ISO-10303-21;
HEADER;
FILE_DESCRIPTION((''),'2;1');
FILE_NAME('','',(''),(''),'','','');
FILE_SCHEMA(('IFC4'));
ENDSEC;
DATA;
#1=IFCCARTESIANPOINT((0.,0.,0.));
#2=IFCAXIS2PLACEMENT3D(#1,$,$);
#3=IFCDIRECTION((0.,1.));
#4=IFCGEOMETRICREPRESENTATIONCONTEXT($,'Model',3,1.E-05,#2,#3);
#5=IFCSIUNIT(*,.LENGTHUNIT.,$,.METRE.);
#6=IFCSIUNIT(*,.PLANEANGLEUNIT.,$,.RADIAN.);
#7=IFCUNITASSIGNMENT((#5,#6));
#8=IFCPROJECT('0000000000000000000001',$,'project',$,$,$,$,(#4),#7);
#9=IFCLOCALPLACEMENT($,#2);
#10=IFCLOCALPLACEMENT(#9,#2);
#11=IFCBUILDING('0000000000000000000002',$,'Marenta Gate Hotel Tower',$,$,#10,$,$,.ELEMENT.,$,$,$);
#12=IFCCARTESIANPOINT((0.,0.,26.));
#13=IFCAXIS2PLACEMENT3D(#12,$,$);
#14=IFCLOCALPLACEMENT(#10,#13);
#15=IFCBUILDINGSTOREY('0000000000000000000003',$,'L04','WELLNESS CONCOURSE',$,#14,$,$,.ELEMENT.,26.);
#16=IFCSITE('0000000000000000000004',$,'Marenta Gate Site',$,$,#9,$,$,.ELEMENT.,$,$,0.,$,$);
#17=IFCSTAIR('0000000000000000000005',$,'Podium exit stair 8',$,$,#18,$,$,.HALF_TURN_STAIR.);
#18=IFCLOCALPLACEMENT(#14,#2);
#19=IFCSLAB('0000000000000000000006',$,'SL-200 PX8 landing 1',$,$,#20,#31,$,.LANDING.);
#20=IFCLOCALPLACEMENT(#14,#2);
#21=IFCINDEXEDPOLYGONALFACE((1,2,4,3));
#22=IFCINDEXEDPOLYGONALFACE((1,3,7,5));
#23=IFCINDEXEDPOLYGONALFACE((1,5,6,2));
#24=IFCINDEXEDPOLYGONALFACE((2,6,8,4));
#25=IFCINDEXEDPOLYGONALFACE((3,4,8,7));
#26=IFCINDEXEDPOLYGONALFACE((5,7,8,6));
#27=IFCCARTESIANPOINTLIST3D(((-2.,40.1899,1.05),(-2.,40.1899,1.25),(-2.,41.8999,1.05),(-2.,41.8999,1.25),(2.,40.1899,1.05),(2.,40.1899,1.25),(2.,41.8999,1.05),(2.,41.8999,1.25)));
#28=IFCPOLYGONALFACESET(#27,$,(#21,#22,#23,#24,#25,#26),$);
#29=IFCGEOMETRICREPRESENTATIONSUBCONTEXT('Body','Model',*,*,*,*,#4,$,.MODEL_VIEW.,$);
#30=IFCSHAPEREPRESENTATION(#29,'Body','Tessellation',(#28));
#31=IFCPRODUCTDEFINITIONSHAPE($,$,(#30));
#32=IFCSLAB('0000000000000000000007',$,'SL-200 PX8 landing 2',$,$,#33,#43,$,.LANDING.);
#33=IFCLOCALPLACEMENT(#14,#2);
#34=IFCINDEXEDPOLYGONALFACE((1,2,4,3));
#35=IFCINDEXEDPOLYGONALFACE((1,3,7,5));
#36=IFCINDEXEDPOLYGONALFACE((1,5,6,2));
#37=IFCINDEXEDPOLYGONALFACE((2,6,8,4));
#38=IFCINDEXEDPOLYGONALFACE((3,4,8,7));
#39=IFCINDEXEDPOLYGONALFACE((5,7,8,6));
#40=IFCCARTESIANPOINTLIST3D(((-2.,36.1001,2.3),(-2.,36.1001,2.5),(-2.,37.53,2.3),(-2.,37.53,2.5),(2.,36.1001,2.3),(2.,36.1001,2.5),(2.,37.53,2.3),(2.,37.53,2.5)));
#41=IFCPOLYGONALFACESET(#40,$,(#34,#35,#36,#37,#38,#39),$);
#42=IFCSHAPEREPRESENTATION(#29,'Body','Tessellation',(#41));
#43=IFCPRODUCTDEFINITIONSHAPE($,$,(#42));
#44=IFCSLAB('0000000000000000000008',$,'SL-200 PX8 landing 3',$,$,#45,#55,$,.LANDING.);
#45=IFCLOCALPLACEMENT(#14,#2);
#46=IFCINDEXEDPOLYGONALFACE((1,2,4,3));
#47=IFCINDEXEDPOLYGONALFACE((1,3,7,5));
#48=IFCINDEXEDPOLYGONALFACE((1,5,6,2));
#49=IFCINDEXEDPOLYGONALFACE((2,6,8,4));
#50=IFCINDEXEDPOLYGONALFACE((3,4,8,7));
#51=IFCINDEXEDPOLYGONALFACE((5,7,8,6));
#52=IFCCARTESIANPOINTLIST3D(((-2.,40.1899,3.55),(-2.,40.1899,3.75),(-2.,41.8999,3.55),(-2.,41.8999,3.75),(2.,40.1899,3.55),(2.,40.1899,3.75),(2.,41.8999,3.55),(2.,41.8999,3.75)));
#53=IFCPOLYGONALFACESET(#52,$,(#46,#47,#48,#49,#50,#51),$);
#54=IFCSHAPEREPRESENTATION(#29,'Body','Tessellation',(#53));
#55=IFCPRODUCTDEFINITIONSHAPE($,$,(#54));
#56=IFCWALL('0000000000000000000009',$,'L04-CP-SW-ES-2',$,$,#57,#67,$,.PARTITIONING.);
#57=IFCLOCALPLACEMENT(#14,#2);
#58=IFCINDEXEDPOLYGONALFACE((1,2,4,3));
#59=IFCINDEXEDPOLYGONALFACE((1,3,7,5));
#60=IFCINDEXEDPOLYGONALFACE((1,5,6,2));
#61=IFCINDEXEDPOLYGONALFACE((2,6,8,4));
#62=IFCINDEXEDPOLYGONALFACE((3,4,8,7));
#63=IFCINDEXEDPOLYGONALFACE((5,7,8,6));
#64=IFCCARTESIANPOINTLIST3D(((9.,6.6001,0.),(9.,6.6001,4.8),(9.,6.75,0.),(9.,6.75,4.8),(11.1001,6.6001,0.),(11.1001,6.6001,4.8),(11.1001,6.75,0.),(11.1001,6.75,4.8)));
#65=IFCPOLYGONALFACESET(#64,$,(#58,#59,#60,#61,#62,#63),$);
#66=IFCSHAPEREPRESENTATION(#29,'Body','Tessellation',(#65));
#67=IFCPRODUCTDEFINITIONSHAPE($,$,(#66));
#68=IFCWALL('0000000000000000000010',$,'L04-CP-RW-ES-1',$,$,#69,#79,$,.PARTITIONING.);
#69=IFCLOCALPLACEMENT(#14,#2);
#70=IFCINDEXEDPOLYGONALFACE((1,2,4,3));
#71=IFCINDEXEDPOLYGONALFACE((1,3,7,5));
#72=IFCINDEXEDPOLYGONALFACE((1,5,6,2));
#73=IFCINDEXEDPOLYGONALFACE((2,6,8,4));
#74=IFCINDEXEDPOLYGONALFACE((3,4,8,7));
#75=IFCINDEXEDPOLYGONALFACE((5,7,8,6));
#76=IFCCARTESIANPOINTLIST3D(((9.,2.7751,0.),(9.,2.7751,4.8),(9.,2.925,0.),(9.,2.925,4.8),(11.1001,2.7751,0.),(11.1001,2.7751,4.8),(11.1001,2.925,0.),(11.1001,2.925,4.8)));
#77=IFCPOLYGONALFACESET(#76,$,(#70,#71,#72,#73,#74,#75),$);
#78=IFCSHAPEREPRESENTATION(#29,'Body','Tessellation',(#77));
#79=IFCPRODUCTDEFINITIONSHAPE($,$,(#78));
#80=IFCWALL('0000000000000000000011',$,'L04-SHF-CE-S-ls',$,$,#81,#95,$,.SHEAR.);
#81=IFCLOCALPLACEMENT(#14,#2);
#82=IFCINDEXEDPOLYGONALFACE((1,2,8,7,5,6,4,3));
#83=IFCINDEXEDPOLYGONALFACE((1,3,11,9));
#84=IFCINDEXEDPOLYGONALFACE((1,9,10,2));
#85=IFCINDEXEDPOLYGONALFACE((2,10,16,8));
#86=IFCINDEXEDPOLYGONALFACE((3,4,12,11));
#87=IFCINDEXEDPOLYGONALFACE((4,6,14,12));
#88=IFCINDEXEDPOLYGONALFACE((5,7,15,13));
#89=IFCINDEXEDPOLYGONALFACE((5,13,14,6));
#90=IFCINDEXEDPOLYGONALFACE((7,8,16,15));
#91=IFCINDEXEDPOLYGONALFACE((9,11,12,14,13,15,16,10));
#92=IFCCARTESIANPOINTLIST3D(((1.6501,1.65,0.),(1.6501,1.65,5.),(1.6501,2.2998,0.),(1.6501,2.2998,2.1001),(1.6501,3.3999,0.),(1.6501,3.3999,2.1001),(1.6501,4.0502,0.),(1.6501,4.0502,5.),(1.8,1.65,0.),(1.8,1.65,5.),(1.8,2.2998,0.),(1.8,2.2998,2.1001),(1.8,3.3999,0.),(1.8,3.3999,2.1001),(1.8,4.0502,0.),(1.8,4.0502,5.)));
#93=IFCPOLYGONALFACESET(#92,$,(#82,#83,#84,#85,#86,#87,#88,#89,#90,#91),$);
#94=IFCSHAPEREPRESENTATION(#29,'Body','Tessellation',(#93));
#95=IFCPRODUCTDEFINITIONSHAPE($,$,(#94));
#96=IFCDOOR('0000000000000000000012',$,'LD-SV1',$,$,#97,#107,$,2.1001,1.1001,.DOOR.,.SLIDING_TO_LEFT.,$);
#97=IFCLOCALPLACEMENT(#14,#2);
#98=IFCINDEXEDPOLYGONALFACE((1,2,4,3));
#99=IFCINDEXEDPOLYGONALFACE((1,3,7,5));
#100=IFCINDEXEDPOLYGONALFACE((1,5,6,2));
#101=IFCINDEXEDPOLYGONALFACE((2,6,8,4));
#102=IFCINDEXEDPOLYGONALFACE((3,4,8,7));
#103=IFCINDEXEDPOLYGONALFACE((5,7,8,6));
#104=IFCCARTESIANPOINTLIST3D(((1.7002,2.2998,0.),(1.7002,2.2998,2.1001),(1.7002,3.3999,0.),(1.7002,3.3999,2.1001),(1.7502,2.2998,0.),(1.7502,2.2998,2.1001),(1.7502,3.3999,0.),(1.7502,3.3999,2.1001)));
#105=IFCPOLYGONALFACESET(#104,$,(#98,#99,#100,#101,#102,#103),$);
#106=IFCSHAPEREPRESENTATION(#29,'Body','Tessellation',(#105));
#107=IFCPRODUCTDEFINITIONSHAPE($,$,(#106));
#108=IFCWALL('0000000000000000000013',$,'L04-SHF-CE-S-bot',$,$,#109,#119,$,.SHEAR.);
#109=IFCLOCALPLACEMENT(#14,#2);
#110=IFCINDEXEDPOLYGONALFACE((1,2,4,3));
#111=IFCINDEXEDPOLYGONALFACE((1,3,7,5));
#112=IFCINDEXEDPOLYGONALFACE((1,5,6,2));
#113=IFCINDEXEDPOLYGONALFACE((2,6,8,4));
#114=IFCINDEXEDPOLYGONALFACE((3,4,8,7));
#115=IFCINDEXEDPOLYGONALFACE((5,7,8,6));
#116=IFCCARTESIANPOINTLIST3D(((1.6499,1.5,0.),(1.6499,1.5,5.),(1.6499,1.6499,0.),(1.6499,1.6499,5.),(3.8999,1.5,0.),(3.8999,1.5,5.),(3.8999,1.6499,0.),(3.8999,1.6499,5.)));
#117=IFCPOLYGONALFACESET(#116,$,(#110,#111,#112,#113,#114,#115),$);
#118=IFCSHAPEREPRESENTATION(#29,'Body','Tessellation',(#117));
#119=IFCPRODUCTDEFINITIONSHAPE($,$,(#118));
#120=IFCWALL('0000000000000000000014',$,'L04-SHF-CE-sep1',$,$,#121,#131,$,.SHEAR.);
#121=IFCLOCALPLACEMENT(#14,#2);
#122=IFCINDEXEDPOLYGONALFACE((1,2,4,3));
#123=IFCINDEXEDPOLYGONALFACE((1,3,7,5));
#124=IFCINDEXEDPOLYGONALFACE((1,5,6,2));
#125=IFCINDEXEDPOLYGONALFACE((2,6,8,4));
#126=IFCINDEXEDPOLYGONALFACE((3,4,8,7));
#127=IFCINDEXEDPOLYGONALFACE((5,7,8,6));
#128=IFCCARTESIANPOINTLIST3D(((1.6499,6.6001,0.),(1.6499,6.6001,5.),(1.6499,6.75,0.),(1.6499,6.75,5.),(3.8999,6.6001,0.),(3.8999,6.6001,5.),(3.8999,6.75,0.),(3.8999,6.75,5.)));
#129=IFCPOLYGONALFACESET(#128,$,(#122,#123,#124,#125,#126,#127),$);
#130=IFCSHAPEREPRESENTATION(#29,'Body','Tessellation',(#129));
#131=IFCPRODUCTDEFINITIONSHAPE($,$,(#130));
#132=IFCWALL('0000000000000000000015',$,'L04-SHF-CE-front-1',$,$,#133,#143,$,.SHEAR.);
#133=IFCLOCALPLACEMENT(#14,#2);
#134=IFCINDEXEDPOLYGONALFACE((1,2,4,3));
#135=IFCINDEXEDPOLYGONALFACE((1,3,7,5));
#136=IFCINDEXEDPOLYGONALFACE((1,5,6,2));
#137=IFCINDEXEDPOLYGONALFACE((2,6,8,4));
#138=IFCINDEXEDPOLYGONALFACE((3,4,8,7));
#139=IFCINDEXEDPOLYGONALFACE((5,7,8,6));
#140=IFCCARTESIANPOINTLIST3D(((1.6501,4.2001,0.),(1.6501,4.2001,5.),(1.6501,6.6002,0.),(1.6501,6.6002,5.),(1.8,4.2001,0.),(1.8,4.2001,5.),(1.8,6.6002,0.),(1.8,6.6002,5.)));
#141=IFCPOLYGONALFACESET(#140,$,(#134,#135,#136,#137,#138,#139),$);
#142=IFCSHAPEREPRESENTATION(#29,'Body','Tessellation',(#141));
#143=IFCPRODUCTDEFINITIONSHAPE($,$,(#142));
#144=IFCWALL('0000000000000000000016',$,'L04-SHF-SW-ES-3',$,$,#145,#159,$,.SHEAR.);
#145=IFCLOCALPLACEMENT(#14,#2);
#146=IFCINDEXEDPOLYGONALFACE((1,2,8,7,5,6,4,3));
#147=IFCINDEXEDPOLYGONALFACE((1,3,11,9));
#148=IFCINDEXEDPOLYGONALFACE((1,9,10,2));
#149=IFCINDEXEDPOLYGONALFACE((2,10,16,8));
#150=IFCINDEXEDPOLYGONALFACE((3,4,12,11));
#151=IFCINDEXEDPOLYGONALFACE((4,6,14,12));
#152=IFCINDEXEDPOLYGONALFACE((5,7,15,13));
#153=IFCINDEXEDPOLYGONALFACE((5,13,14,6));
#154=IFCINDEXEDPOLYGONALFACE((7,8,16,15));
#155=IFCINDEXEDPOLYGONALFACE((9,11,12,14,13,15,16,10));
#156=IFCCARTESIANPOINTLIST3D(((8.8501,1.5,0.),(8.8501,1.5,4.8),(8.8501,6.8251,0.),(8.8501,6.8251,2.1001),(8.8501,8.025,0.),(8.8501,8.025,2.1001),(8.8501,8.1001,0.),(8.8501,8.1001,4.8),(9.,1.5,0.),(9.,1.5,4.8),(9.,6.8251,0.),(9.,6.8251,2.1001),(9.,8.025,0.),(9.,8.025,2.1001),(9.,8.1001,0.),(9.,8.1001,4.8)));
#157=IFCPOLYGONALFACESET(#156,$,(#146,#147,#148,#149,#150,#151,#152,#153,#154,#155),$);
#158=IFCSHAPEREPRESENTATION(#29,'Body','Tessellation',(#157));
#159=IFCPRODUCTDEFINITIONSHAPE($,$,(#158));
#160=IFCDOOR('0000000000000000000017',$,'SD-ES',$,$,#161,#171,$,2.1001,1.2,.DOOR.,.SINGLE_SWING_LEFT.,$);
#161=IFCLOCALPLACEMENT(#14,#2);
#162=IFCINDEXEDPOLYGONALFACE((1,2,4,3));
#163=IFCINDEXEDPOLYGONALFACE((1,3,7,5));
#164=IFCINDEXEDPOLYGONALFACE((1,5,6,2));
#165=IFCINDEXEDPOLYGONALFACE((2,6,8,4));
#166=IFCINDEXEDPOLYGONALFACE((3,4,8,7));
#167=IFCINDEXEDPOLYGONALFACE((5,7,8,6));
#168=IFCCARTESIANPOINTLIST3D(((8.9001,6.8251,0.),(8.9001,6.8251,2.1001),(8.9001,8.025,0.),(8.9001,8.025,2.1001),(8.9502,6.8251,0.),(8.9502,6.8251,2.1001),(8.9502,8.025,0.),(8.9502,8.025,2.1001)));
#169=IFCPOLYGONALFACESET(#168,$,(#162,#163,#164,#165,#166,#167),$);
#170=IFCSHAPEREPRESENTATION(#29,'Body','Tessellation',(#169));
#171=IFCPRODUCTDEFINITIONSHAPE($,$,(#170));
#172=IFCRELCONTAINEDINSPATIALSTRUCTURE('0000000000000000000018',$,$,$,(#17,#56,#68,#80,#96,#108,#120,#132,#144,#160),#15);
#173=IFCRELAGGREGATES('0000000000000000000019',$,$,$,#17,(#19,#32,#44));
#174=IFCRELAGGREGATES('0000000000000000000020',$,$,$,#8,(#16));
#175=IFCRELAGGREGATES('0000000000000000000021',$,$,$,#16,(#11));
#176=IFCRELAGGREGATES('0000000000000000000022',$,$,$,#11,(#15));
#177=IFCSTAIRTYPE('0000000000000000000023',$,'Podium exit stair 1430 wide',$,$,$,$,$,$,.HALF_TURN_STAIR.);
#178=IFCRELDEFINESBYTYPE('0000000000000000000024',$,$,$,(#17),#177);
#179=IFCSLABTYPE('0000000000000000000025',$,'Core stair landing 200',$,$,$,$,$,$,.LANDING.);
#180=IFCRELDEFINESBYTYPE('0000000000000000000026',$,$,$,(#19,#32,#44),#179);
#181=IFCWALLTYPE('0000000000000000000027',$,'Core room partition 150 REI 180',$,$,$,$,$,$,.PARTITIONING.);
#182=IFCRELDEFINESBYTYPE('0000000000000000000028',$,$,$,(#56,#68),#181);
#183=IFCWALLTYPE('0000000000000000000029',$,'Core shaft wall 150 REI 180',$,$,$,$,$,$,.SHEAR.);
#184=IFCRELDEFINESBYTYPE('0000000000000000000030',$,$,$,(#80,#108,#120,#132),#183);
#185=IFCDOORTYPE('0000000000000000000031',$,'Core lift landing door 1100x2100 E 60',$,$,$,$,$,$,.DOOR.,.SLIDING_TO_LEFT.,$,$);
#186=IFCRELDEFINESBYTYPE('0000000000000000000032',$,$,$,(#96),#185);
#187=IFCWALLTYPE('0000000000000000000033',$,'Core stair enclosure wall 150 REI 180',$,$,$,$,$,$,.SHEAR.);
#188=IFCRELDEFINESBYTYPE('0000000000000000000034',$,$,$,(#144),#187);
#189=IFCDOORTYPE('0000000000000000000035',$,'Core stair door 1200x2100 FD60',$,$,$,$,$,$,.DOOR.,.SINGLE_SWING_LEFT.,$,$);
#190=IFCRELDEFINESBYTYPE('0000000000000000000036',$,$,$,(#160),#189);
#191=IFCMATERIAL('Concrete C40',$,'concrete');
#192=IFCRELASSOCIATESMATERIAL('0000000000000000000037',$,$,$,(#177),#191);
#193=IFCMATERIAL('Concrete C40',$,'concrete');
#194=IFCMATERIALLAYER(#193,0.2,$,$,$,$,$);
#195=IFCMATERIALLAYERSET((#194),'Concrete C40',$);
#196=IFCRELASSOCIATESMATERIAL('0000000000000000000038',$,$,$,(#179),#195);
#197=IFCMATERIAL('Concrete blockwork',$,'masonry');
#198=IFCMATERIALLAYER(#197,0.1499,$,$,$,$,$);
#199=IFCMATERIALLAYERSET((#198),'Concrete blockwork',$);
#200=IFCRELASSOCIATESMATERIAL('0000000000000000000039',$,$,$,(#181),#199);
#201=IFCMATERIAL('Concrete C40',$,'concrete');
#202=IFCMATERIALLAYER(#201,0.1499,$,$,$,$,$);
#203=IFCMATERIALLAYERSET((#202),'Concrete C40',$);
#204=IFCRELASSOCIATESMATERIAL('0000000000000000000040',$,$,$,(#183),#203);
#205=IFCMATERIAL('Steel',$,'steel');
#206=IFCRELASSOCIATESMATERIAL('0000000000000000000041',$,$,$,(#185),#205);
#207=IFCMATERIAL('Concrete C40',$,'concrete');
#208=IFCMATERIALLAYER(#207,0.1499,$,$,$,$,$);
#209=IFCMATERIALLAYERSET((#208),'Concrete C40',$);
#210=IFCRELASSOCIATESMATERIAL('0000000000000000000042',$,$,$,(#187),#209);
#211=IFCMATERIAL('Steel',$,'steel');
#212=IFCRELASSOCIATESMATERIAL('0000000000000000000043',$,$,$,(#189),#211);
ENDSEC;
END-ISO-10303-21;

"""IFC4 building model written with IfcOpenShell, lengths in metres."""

from ifc_helpers import new_model, si_unit, direction, frame, frame_2d, origin, place, context, subcontext, project, spatial, polyline, rectangle, outline, extrude, material, layer, layer_set, type_object, element, fill, aggregate, save


model = new_model("IFC4")

# Units and contexts
model_context = context("Model", 3, precision=1e-05, world=origin(), true_north=direction((0.0, 1.0)))
body_context = subcontext(model_context, "Body", "Model", "MODEL_VIEW")
ifc_project = project(units=[si_unit("LENGTHUNIT", "METRE"), si_unit("PLANEANGLEUNIT", "RADIAN")], contexts=[model_context])

# Site, building, storey
site_placement = place(None, origin())
site = spatial("IfcSite", under=ifc_project, at=site_placement, Name="Marenta Gate Site", CompositionType="ELEMENT", RefElevation=0.0)
building_placement = place(site_placement, origin())
building = spatial("IfcBuilding", under=site, at=building_placement, Name="Marenta Gate Hotel Tower", CompositionType="ELEMENT")
storey_placement = place(building_placement, frame((0.0, 0.0, 26.0)))
storey = spatial("IfcBuildingStorey", under=building, at=storey_placement, Name="L04", Description="WELLNESS CONCOURSE", CompositionType="ELEMENT", Elevation=26.0)

# Stair, slabs
ifc_material_1 = material(Name="Concrete C40", Category="concrete")
stair_type_1 = type_object("IfcStairType", Name="Podium exit stair 1430 wide", PredefinedType="HALF_TURN_STAIR", material=ifc_material_1)
stair_1_placement = place(storey_placement, origin())
stair_1 = element("IfcStair", 1, at=stair_1_placement, inside=storey, type_object=stair_type_1, Name="Podium exit stair 8", PredefinedType="HALF_TURN_STAIR")
ifc_material_2 = material(Name="Concrete C40", Category="concrete")
ifc_layer_1 = layer(ifc_material_2, 0.2)
ifc_layer_set_1 = layer_set([ifc_layer_1], Name="Concrete C40")
slab_type = type_object("IfcSlabType", Name="Core stair landing 200", PredefinedType="LANDING", material=ifc_layer_set_1)
slab_1_placement = place(storey_placement, frame((0.0, 0.0, 1.05)))
slab_1 = element("IfcSlab", 2, at=slab_1_placement, type_object=slab_type, Name="SL-200 PX8 landing 1", PredefinedType="LANDING", context=body_context, shape_type="SweptSolid", body=[
    extrude(outline(polyline([(-2.0, 40.1899), (2.0, 40.1899), (2.0, 41.8999), (-2.0, 41.8999), (-2.0, 40.1899)])), origin(), (0.0, 0.0, 1.0), 0.2),
])
slab_2_placement = place(storey_placement, frame((0.0, 0.0, 2.3)))
slab_2 = element("IfcSlab", 3, at=slab_2_placement, type_object=slab_type, Name="SL-200 PX8 landing 2", PredefinedType="LANDING", context=body_context, shape_type="SweptSolid", body=[
    extrude(outline(polyline([(-2.0, 36.1001), (2.0, 36.1001), (2.0, 37.53), (-2.0, 37.53), (-2.0, 36.1001)])), origin(), (0.0, 0.0, 1.0), 0.2),
])
slab_3_placement = place(storey_placement, frame((0.0, 0.0, 3.55)))
slab_3 = element("IfcSlab", 4, at=slab_3_placement, type_object=slab_type, Name="SL-200 PX8 landing 3", PredefinedType="LANDING", context=body_context, shape_type="SweptSolid", body=[
    extrude(outline(polyline([(-2.0, 40.1899), (2.0, 40.1899), (2.0, 41.8999), (-2.0, 41.8999), (-2.0, 40.1899)])), origin(), (0.0, 0.0, 1.0), 0.2),
])
aggregate(stair_1, [slab_1, slab_2, slab_3])

# Walls
ifc_material_3 = material(Name="Concrete blockwork", Category="masonry")
ifc_layer_2 = layer(ifc_material_3, 0.1499)
ifc_layer_set_2 = layer_set([ifc_layer_2], Name="Concrete blockwork")
wall_type_1 = type_object("IfcWallType", Name="Core room partition 150 REI 180", PredefinedType="PARTITIONING", material=ifc_layer_set_2)
for number, where, z_axis, x_axis, name in (
    (5, (9.0, 6.675, 0.0), (0.0, 0.0, 1.0), (1.0, 0.0, 0.0), "L04-CP-SW-ES-2"),
    (6, (9.0, 2.8501, 0.0), (0.0, 0.0, 1.0), (1.0, 0.0, 0.0), "L04-CP-RW-ES-1"),
):
    element("IfcWall", number, at=place(storey_placement, frame(where, z_axis=z_axis, x_axis=x_axis)), inside=storey, type_object=wall_type_1, Name=name, PredefinedType="PARTITIONING", context=body_context, shape_type="SweptSolid", body=[
        extrude(rectangle(XDim=2.1001, YDim=0.1499, at=frame_2d((1.05, 0.0))), origin(), (0.0, 0.0, 1.0), 4.8),
    ])

# Wall, opening, door
ifc_material_4 = material(Name="Concrete C40", Category="concrete")
ifc_layer_3 = layer(ifc_material_4, 0.1499)
ifc_layer_set_3 = layer_set([ifc_layer_3], Name="Concrete C40")
wall_type_2 = type_object("IfcWallType", Name="Core shaft wall 150 REI 180", PredefinedType="SHEAR", material=ifc_layer_set_3)
wall_1_placement = place(storey_placement, frame((1.7251, 1.6499, 0.0), z_axis=(0.0, 0.0, 1.0), x_axis=(0.0, 1.0, 0.0)))
wall_1 = element("IfcWall", 7, at=wall_1_placement, inside=storey, type_object=wall_type_2, Name="L04-SHF-CE-S-ls", PredefinedType="SHEAR", context=body_context, shape_type="SweptSolid", body=[
    extrude(rectangle(XDim=2.4001, YDim=0.1499, at=frame_2d((1.2002, 0.0))), origin(), (0.0, 0.0, 1.0), 5.0),
])
opening_1_placement = place(wall_1_placement, frame((0.6499, 0.0, 0.0)))
opening_1 = element("IfcOpeningElement", 8, at=opening_1_placement, cuts=wall_1, PredefinedType="OPENING", context=body_context, shape_type="SweptSolid", body=[
    extrude(rectangle(XDim=1.1001, YDim=2.1001, at=frame_2d((0.55, 1.05))), frame((0.0, 0.075, 0.0), z_axis=(0.0, -1.0, 0.0), x_axis=(1.0, 0.0, 0.0)), (0.0, 0.0, 1.0), 0.1499),
])
ifc_material_5 = material(Name="Steel", Category="steel")
door_type_1 = type_object("IfcDoorType", Name="Core lift landing door 1100x2100 E 60", OperationType="SLIDING_TO_LEFT", PredefinedType="DOOR", material=ifc_material_5)
door_1_placement = place(opening_1_placement, origin())
door_1 = element("IfcDoor", 9, at=door_1_placement, inside=storey, type_object=door_type_1, Name="LD-SV1", OperationType="SLIDING_TO_LEFT", OverallHeight=2.1001, OverallWidth=1.1001, PredefinedType="DOOR", context=body_context, shape_type="SweptSolid", body=[
    extrude(rectangle(XDim=1.1001, YDim=2.1001, at=frame_2d((0.55, 1.05))), frame((0.0, 0.0249, 0.0), z_axis=(0.0, -1.0, 0.0), x_axis=(1.0, 0.0, 0.0)), (0.0, 0.0, 1.0), 0.05),
])
fill(opening_1, door_1)

# Walls
for number, where, z_axis, x_axis, name in (
    (10, (1.6499, 1.575, 0.0), (0.0, 0.0, 1.0), (1.0, 0.0, 0.0), "L04-SHF-CE-S-bot"),
    (11, (1.6499, 6.675, 0.0), (0.0, 0.0, 1.0), (1.0, 0.0, 0.0), "L04-SHF-CE-sep1"),
):
    element("IfcWall", number, at=place(storey_placement, frame(where, z_axis=z_axis, x_axis=x_axis)), inside=storey, type_object=wall_type_2, Name=name, PredefinedType="SHEAR", context=body_context, shape_type="SweptSolid", body=[
        extrude(rectangle(XDim=2.25, YDim=0.1499, at=frame_2d((1.125, 0.0))), origin(), (0.0, 0.0, 1.0), 5.0),
    ])
wall_2_placement = place(storey_placement, frame((1.7251, 4.2, 0.0), z_axis=(0.0, 0.0, 1.0), x_axis=(0.0, 1.0, 0.0)))
element("IfcWall", 12, at=wall_2_placement, inside=storey, type_object=wall_type_2, Name="L04-SHF-CE-front-1", PredefinedType="SHEAR", context=body_context, shape_type="SweptSolid", body=[
    extrude(rectangle(XDim=2.4001, YDim=0.1499, at=frame_2d((1.2002, 0.0))), origin(), (0.0, 0.0, 1.0), 5.0),
])

# Wall, opening, door
ifc_material_6 = material(Name="Concrete C40", Category="concrete")
ifc_layer_4 = layer(ifc_material_6, 0.1499)
ifc_layer_set_4 = layer_set([ifc_layer_4], Name="Concrete C40")
wall_type_3 = type_object("IfcWallType", Name="Core stair enclosure wall 150 REI 180", PredefinedType="SHEAR", material=ifc_layer_set_4)
wall_3_placement = place(storey_placement, frame((8.925, 1.5, 0.0), z_axis=(0.0, 0.0, 1.0), x_axis=(0.0, 1.0, 0.0)))
wall_3 = element("IfcWall", 13, at=wall_3_placement, inside=storey, type_object=wall_type_3, Name="L04-SHF-SW-ES-3", PredefinedType="SHEAR", context=body_context, shape_type="SweptSolid", body=[
    extrude(rectangle(XDim=6.6001, YDim=0.1499, at=frame_2d((3.3, 0.0))), origin(), (0.0, 0.0, 1.0), 4.8),
])
opening_2_placement = place(wall_3_placement, frame((5.325, 0.0, 0.0)))
opening_2 = element("IfcOpeningElement", 14, at=opening_2_placement, cuts=wall_3, PredefinedType="OPENING", context=body_context, shape_type="SweptSolid", body=[
    extrude(rectangle(XDim=1.2, YDim=2.1001, at=frame_2d((0.6001, 1.05))), frame((0.0, 0.075, 0.0), z_axis=(0.0, -1.0, 0.0), x_axis=(1.0, 0.0, 0.0)), (0.0, 0.0, 1.0), 0.1499),
])
ifc_material_7 = material(Name="Steel", Category="steel")
door_type_2 = type_object("IfcDoorType", Name="Core stair door 1200x2100 FD60", OperationType="SINGLE_SWING_LEFT", PredefinedType="DOOR", material=ifc_material_7)
door_2_placement = place(opening_2_placement, origin())
door_2 = element("IfcDoor", 15, at=door_2_placement, inside=storey, type_object=door_type_2, Name="SD-ES", OperationType="SINGLE_SWING_LEFT", OverallHeight=2.1001, OverallWidth=1.2, PredefinedType="DOOR", context=body_context, shape_type="SweptSolid", body=[
    extrude(rectangle(XDim=1.2, YDim=2.1001, at=frame_2d((0.6001, 1.05))), frame((0.0, 0.0249, 0.0), z_axis=(0.0, -1.0, 0.0), x_axis=(1.0, 0.0, 0.0)), (0.0, 0.0, 1.0), 0.05),
])
fill(opening_2, door_2)

save(model, "model.ifc")
